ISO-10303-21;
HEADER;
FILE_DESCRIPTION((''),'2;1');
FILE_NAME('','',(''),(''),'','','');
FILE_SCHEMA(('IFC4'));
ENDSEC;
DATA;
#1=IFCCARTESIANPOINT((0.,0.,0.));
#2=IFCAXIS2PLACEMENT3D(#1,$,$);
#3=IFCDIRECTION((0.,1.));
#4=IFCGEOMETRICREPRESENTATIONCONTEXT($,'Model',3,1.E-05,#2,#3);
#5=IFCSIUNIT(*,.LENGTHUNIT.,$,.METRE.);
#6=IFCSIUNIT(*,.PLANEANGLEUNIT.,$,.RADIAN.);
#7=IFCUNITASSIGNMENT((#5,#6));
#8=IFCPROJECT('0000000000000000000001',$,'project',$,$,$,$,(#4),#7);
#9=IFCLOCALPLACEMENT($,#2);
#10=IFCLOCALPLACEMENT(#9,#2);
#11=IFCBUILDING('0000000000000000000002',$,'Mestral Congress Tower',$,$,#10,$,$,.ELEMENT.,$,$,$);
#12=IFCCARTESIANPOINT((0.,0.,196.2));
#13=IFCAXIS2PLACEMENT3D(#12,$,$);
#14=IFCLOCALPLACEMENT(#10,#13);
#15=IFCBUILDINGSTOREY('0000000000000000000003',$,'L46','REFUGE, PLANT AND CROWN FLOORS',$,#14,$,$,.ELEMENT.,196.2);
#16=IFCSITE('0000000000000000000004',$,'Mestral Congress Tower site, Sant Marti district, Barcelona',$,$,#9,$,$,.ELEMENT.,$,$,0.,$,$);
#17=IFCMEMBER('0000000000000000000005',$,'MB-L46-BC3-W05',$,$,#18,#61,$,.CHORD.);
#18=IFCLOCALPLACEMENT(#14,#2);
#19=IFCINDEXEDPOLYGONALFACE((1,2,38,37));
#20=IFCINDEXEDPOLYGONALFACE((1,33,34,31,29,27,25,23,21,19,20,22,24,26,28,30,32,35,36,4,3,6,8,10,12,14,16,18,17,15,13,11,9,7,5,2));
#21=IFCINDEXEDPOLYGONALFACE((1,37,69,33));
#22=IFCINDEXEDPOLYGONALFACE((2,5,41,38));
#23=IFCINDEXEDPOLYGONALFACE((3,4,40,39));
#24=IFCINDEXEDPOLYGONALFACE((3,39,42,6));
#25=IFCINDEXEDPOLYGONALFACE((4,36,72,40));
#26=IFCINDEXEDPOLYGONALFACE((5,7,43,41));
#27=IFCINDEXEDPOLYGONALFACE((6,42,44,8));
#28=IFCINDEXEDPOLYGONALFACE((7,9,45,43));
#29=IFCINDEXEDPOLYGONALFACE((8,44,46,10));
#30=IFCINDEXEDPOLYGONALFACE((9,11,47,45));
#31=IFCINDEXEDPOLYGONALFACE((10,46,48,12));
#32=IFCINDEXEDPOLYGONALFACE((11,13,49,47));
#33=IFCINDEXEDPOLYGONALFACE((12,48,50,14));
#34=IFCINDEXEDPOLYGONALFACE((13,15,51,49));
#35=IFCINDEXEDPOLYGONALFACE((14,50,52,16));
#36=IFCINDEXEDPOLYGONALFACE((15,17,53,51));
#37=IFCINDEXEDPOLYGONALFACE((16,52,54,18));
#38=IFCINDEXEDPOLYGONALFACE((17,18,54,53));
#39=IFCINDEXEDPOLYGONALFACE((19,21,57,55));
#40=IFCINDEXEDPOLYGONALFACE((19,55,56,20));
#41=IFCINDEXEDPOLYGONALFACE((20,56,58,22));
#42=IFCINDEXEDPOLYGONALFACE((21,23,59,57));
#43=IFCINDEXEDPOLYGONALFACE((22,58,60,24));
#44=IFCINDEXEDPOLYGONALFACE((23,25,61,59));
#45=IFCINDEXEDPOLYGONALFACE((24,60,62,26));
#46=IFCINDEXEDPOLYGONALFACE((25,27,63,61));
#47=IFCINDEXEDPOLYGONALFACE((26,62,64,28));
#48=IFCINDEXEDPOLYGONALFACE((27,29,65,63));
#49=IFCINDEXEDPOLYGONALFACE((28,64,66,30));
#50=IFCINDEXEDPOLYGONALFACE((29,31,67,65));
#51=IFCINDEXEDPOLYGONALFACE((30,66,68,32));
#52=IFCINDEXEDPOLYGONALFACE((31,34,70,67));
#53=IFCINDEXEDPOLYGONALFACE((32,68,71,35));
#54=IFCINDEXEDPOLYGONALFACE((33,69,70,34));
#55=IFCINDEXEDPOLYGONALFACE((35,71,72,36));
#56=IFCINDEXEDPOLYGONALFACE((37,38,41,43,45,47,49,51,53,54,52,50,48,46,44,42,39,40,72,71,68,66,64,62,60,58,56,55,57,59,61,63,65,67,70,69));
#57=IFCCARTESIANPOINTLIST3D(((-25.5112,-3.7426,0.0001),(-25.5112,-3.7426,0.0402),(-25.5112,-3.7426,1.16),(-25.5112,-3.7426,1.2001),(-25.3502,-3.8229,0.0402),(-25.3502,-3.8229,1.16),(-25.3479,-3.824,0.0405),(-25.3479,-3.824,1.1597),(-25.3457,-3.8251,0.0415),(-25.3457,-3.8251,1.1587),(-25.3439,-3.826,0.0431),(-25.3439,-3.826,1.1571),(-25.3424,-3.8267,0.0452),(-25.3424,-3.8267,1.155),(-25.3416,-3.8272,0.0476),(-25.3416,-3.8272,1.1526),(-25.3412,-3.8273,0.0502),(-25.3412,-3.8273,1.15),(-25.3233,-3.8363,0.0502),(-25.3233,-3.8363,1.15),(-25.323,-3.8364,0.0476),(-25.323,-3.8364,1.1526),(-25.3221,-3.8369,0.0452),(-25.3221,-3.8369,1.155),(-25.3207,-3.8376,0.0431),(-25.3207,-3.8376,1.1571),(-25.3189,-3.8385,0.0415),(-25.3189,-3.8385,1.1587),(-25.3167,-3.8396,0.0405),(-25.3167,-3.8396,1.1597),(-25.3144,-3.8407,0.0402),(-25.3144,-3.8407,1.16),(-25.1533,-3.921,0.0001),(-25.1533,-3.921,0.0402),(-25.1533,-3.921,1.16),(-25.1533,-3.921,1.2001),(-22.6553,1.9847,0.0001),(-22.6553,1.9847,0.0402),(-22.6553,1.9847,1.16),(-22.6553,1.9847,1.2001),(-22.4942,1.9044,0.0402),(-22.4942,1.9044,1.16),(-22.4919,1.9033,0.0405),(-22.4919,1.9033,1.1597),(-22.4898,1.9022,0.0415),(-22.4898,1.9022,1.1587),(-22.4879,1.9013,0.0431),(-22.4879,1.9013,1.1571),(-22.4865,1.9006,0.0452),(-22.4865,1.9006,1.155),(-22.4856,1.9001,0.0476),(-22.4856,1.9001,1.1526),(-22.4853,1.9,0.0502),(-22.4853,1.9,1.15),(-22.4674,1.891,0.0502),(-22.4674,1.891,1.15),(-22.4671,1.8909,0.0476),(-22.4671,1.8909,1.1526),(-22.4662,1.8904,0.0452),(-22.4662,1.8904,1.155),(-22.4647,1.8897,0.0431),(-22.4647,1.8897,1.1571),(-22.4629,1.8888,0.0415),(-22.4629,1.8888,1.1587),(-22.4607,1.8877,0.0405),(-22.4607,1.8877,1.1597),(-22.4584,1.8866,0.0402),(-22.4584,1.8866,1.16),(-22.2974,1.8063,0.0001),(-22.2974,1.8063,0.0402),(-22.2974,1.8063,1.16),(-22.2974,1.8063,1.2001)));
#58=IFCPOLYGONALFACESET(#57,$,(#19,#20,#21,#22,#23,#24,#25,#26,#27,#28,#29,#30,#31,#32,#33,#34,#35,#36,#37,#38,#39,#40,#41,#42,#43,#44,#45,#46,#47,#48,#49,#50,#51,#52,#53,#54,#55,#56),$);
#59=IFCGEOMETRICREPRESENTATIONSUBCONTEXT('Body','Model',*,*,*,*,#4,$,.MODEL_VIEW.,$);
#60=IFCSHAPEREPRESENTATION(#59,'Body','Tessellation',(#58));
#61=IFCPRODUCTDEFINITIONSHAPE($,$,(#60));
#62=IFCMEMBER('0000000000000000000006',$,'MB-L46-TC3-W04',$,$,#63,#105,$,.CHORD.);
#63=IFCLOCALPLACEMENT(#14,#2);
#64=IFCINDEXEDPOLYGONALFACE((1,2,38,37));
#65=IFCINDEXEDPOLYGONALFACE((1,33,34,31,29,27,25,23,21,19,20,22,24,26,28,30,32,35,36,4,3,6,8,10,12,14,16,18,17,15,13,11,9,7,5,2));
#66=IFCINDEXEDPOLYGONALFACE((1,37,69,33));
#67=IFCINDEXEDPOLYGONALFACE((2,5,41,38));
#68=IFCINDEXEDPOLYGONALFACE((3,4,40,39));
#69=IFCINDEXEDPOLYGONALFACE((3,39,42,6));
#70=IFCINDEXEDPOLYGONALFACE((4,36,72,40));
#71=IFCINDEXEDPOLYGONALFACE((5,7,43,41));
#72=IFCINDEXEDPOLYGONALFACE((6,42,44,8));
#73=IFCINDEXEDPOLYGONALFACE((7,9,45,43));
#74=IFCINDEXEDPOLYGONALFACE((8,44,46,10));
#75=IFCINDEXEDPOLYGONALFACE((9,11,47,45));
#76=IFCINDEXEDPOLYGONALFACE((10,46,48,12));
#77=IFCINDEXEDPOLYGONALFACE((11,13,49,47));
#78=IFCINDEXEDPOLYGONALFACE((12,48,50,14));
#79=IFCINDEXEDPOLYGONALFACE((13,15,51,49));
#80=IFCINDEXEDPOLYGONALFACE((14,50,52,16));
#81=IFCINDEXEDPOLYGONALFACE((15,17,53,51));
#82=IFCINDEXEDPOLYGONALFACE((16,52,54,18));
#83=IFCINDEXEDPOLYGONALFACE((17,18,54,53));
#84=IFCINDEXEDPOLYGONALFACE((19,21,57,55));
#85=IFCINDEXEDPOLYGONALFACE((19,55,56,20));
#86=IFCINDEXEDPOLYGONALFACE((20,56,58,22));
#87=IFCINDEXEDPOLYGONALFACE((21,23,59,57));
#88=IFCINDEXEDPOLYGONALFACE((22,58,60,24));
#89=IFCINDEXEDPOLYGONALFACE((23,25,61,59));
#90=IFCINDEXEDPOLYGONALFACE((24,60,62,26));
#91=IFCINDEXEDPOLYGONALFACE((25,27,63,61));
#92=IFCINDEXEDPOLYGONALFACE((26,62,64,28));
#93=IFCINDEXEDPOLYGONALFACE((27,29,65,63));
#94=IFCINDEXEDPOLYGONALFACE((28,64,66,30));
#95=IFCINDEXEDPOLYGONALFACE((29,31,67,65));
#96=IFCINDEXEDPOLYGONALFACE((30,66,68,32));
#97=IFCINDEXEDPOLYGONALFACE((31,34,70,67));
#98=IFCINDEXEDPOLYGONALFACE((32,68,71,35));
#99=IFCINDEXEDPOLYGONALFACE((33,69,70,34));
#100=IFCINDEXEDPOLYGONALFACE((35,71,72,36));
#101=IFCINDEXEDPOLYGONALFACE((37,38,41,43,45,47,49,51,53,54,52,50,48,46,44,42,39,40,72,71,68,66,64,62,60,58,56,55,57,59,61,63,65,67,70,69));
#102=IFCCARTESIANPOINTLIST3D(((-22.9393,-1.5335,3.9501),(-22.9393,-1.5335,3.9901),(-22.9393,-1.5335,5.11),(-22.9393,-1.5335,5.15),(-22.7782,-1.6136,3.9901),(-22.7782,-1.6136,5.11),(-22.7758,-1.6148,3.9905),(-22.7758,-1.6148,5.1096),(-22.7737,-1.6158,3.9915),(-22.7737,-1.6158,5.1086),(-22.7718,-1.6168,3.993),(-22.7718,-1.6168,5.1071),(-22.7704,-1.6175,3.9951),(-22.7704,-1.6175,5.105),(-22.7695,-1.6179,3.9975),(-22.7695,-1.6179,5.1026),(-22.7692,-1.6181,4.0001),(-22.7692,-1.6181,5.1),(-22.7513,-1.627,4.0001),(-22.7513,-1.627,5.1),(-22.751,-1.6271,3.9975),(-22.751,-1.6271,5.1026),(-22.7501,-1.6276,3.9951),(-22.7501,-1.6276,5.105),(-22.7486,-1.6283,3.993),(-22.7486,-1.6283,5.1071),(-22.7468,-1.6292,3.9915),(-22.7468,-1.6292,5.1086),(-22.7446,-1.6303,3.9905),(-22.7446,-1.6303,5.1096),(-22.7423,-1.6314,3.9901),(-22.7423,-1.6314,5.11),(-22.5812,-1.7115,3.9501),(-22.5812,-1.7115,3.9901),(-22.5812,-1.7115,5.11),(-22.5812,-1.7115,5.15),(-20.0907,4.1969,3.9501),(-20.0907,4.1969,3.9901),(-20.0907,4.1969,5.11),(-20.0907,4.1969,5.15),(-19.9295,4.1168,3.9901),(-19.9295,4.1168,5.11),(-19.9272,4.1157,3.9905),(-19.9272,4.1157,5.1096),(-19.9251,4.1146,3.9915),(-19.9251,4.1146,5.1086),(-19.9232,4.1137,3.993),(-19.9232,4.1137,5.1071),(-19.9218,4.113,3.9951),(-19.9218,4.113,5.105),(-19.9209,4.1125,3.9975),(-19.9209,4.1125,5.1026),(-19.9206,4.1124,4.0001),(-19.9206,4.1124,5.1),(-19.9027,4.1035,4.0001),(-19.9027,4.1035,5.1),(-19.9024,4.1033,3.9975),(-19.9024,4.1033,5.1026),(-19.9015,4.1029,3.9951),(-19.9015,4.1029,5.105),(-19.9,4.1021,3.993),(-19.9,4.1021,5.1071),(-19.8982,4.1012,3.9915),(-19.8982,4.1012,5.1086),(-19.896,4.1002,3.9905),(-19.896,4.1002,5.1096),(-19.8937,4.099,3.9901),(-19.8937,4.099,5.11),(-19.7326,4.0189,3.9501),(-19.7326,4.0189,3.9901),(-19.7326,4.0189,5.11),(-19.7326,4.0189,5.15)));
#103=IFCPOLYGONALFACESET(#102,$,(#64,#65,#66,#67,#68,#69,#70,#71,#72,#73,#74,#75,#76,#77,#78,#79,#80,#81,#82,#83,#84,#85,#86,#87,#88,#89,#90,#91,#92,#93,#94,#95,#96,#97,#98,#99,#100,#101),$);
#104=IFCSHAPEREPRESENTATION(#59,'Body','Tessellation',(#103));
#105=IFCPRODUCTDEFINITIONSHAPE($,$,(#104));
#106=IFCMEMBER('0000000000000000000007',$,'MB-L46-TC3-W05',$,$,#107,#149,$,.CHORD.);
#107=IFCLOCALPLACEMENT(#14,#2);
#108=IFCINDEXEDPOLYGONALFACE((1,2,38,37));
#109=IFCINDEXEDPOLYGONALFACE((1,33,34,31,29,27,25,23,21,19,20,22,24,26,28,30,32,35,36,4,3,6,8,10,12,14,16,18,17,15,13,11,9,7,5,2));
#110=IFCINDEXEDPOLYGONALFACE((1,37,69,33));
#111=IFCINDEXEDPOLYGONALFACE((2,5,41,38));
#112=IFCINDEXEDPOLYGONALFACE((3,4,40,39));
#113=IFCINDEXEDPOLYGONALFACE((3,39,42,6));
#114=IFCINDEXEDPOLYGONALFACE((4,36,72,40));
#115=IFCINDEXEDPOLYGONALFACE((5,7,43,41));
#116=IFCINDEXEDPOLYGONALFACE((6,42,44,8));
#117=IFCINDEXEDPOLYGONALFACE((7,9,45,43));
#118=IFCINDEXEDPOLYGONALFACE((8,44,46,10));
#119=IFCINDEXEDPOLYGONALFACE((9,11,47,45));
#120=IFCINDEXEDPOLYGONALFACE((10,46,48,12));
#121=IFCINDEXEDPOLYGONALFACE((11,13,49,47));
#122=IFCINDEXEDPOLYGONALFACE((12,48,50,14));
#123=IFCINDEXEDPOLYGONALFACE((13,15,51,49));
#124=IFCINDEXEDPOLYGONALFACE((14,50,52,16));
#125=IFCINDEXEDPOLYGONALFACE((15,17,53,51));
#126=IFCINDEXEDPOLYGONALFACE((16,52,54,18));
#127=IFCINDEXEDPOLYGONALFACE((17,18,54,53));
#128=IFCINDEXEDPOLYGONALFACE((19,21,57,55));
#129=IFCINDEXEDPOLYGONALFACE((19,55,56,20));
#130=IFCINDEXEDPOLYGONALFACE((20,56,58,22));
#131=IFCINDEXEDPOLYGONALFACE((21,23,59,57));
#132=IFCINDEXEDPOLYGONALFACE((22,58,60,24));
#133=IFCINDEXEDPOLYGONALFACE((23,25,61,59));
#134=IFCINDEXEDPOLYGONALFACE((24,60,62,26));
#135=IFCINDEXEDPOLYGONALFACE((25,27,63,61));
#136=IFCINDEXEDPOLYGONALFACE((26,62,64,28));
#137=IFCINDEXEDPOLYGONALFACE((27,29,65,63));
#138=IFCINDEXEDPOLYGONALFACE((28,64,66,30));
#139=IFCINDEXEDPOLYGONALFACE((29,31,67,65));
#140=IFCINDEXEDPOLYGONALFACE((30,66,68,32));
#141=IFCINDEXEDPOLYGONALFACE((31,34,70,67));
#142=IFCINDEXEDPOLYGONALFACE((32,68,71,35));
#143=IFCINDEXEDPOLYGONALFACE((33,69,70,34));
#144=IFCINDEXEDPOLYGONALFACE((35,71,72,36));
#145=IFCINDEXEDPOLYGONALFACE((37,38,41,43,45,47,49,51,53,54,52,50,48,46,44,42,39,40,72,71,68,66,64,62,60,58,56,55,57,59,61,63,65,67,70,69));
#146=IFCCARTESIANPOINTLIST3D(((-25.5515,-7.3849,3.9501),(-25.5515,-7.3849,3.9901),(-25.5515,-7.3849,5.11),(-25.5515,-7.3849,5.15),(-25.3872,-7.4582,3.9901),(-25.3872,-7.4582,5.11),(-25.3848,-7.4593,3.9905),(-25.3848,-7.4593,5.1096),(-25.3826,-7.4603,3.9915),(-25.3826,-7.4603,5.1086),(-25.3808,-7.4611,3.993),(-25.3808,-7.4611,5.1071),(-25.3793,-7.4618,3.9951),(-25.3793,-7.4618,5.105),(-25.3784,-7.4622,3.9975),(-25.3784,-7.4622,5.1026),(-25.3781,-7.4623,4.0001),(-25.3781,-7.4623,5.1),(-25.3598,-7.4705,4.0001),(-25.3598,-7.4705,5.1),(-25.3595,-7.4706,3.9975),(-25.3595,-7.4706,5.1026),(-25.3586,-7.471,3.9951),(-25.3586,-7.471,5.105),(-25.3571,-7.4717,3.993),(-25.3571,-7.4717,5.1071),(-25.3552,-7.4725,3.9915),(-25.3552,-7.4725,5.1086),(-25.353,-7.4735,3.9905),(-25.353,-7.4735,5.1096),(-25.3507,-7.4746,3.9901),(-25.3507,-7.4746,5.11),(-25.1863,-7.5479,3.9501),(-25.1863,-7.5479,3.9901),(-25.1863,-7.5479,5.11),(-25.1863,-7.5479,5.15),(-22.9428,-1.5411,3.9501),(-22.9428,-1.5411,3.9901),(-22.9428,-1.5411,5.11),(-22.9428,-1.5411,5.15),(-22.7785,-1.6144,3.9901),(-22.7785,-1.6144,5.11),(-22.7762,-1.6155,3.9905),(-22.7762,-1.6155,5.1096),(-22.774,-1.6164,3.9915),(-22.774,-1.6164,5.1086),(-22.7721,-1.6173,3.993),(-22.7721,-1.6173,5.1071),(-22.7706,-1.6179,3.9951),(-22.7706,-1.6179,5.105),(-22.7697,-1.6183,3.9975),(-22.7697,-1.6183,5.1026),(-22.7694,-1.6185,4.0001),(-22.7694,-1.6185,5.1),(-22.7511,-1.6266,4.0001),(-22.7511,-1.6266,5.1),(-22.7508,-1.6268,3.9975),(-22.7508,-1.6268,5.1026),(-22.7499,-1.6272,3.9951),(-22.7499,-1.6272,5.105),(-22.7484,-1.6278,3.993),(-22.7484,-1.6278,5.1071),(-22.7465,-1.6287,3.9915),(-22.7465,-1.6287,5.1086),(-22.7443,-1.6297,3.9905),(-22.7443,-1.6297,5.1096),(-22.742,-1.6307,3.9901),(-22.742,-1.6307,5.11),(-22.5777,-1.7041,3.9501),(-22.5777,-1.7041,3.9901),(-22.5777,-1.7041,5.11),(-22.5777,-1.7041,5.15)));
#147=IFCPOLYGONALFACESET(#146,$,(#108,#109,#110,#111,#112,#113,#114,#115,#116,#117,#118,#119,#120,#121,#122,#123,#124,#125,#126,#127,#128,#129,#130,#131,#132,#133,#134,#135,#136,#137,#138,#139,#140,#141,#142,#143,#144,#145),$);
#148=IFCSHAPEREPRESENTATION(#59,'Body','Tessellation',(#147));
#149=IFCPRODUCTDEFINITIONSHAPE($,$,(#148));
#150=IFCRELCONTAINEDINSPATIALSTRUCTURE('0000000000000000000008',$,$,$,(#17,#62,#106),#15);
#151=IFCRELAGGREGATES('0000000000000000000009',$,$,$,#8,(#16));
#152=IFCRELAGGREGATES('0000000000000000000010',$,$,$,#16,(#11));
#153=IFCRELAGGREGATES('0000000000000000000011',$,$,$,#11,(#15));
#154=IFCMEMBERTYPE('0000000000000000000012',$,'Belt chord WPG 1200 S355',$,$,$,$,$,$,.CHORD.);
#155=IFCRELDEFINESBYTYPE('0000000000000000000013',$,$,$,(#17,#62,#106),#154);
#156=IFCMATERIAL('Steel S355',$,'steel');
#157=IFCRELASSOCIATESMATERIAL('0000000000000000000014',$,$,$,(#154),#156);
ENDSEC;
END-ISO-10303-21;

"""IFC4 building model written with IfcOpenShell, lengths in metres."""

from ifc_helpers import new_model, si_unit, direction, frame, origin, origin_2d, place, context, subcontext, project, spatial, i_section, extrude, material, material_profile, profile_set, type_object, element, save


model = new_model("IFC4")

# Units and contexts
model_context = context("Model", 3, precision=1e-05, world=origin(), true_north=direction((0.0, 1.0)))
body_context = subcontext(model_context, "Body", "Model", "MODEL_VIEW")
ifc_project = project(units=[si_unit("LENGTHUNIT", "METRE"), si_unit("PLANEANGLEUNIT", "RADIAN")], contexts=[model_context])

# Site, building, storey
site_placement = place(None, origin())
site = spatial("IfcSite", under=ifc_project, at=site_placement, Name="Mestral Congress Tower site, Sant Marti district, Barcelona", CompositionType="ELEMENT", RefElevation=0.0)
building_placement = place(site_placement, origin())
building = spatial("IfcBuilding", under=site, at=building_placement, Name="Mestral Congress Tower", CompositionType="ELEMENT")
storey_placement = place(building_placement, frame((0.0, 0.0, 196.2)))
storey = spatial("IfcBuildingStorey", under=building, at=storey_placement, Name="L46", Description="REFUGE, PLANT AND CROWN FLOORS", CompositionType="ELEMENT", Elevation=196.2)

# Members
ifc_material_1 = material(Name="Steel S355", Category="steel")
ifc_material_profile_1 = material_profile(ifc_material_1, i_section(OverallWidth=0.3999, OverallDepth=1.2, WebThickness=0.02, FlangeThickness=0.04, FilletRadius=0.01, at=origin_2d()), Name="WPG 1200")
ifc_profile_set_1 = profile_set([ifc_material_profile_1], Name="Steel S355")
member_type_1 = type_object("IfcMemberType", Name="Belt chord WPG 1200 S355", PredefinedType="CHORD", material=ifc_profile_set_1)
member_1_placement = place(storey_placement, frame((-22.4763, 1.8955, 0.6001), z_axis=(-0.446252, -0.894907, 0.0), x_axis=(0.894907, -0.446252, 0.0)))
element("IfcMember", 1, at=member_1_placement, inside=storey, type_object=member_type_1, Name="MB-L46-BC3-W05", PredefinedType="CHORD", context=body_context, shape_type="SweptSolid", body=[
    extrude(i_section(OverallWidth=0.3999, OverallDepth=1.2, WebThickness=0.02, FlangeThickness=0.04, FilletRadius=0.01, at=origin_2d()), origin(), (0.0, 0.0, 1.0), 6.3999),
])
member_2_placement = place(storey_placement, frame((-19.9116, 4.1079, 4.55), z_axis=(-0.445137, -0.895462, 0.0), x_axis=(0.895462, -0.445137, 0.0)))
element("IfcMember", 2, at=member_2_placement, inside=storey, type_object=member_type_1, Name="MB-L46-TC3-W04", PredefinedType="CHORD", context=body_context, shape_type="SweptSolid", body=[
    extrude(i_section(OverallWidth=0.3999, OverallDepth=1.2, WebThickness=0.02, FlangeThickness=0.04, FilletRadius=0.01, at=origin_2d()), origin(), (0.0, 0.0, 1.0), 6.3994),
])
member_3_placement = place(storey_placement, frame((-22.7603, -1.6226, 4.55), z_axis=(-0.407628, -0.913148, 0.0), x_axis=(0.913148, -0.407628, 0.0)))
element("IfcMember", 3, at=member_3_placement, inside=storey, type_object=member_type_1, Name="MB-L46-TC3-W05", PredefinedType="CHORD", context=body_context, shape_type="SweptSolid", body=[
    extrude(i_section(OverallWidth=0.3999, OverallDepth=1.2, WebThickness=0.02, FlangeThickness=0.04, FilletRadius=0.01, at=origin_2d()), origin(), (0.0, 0.0, 1.0), 6.3997),
])

save(model, "model.ifc")
